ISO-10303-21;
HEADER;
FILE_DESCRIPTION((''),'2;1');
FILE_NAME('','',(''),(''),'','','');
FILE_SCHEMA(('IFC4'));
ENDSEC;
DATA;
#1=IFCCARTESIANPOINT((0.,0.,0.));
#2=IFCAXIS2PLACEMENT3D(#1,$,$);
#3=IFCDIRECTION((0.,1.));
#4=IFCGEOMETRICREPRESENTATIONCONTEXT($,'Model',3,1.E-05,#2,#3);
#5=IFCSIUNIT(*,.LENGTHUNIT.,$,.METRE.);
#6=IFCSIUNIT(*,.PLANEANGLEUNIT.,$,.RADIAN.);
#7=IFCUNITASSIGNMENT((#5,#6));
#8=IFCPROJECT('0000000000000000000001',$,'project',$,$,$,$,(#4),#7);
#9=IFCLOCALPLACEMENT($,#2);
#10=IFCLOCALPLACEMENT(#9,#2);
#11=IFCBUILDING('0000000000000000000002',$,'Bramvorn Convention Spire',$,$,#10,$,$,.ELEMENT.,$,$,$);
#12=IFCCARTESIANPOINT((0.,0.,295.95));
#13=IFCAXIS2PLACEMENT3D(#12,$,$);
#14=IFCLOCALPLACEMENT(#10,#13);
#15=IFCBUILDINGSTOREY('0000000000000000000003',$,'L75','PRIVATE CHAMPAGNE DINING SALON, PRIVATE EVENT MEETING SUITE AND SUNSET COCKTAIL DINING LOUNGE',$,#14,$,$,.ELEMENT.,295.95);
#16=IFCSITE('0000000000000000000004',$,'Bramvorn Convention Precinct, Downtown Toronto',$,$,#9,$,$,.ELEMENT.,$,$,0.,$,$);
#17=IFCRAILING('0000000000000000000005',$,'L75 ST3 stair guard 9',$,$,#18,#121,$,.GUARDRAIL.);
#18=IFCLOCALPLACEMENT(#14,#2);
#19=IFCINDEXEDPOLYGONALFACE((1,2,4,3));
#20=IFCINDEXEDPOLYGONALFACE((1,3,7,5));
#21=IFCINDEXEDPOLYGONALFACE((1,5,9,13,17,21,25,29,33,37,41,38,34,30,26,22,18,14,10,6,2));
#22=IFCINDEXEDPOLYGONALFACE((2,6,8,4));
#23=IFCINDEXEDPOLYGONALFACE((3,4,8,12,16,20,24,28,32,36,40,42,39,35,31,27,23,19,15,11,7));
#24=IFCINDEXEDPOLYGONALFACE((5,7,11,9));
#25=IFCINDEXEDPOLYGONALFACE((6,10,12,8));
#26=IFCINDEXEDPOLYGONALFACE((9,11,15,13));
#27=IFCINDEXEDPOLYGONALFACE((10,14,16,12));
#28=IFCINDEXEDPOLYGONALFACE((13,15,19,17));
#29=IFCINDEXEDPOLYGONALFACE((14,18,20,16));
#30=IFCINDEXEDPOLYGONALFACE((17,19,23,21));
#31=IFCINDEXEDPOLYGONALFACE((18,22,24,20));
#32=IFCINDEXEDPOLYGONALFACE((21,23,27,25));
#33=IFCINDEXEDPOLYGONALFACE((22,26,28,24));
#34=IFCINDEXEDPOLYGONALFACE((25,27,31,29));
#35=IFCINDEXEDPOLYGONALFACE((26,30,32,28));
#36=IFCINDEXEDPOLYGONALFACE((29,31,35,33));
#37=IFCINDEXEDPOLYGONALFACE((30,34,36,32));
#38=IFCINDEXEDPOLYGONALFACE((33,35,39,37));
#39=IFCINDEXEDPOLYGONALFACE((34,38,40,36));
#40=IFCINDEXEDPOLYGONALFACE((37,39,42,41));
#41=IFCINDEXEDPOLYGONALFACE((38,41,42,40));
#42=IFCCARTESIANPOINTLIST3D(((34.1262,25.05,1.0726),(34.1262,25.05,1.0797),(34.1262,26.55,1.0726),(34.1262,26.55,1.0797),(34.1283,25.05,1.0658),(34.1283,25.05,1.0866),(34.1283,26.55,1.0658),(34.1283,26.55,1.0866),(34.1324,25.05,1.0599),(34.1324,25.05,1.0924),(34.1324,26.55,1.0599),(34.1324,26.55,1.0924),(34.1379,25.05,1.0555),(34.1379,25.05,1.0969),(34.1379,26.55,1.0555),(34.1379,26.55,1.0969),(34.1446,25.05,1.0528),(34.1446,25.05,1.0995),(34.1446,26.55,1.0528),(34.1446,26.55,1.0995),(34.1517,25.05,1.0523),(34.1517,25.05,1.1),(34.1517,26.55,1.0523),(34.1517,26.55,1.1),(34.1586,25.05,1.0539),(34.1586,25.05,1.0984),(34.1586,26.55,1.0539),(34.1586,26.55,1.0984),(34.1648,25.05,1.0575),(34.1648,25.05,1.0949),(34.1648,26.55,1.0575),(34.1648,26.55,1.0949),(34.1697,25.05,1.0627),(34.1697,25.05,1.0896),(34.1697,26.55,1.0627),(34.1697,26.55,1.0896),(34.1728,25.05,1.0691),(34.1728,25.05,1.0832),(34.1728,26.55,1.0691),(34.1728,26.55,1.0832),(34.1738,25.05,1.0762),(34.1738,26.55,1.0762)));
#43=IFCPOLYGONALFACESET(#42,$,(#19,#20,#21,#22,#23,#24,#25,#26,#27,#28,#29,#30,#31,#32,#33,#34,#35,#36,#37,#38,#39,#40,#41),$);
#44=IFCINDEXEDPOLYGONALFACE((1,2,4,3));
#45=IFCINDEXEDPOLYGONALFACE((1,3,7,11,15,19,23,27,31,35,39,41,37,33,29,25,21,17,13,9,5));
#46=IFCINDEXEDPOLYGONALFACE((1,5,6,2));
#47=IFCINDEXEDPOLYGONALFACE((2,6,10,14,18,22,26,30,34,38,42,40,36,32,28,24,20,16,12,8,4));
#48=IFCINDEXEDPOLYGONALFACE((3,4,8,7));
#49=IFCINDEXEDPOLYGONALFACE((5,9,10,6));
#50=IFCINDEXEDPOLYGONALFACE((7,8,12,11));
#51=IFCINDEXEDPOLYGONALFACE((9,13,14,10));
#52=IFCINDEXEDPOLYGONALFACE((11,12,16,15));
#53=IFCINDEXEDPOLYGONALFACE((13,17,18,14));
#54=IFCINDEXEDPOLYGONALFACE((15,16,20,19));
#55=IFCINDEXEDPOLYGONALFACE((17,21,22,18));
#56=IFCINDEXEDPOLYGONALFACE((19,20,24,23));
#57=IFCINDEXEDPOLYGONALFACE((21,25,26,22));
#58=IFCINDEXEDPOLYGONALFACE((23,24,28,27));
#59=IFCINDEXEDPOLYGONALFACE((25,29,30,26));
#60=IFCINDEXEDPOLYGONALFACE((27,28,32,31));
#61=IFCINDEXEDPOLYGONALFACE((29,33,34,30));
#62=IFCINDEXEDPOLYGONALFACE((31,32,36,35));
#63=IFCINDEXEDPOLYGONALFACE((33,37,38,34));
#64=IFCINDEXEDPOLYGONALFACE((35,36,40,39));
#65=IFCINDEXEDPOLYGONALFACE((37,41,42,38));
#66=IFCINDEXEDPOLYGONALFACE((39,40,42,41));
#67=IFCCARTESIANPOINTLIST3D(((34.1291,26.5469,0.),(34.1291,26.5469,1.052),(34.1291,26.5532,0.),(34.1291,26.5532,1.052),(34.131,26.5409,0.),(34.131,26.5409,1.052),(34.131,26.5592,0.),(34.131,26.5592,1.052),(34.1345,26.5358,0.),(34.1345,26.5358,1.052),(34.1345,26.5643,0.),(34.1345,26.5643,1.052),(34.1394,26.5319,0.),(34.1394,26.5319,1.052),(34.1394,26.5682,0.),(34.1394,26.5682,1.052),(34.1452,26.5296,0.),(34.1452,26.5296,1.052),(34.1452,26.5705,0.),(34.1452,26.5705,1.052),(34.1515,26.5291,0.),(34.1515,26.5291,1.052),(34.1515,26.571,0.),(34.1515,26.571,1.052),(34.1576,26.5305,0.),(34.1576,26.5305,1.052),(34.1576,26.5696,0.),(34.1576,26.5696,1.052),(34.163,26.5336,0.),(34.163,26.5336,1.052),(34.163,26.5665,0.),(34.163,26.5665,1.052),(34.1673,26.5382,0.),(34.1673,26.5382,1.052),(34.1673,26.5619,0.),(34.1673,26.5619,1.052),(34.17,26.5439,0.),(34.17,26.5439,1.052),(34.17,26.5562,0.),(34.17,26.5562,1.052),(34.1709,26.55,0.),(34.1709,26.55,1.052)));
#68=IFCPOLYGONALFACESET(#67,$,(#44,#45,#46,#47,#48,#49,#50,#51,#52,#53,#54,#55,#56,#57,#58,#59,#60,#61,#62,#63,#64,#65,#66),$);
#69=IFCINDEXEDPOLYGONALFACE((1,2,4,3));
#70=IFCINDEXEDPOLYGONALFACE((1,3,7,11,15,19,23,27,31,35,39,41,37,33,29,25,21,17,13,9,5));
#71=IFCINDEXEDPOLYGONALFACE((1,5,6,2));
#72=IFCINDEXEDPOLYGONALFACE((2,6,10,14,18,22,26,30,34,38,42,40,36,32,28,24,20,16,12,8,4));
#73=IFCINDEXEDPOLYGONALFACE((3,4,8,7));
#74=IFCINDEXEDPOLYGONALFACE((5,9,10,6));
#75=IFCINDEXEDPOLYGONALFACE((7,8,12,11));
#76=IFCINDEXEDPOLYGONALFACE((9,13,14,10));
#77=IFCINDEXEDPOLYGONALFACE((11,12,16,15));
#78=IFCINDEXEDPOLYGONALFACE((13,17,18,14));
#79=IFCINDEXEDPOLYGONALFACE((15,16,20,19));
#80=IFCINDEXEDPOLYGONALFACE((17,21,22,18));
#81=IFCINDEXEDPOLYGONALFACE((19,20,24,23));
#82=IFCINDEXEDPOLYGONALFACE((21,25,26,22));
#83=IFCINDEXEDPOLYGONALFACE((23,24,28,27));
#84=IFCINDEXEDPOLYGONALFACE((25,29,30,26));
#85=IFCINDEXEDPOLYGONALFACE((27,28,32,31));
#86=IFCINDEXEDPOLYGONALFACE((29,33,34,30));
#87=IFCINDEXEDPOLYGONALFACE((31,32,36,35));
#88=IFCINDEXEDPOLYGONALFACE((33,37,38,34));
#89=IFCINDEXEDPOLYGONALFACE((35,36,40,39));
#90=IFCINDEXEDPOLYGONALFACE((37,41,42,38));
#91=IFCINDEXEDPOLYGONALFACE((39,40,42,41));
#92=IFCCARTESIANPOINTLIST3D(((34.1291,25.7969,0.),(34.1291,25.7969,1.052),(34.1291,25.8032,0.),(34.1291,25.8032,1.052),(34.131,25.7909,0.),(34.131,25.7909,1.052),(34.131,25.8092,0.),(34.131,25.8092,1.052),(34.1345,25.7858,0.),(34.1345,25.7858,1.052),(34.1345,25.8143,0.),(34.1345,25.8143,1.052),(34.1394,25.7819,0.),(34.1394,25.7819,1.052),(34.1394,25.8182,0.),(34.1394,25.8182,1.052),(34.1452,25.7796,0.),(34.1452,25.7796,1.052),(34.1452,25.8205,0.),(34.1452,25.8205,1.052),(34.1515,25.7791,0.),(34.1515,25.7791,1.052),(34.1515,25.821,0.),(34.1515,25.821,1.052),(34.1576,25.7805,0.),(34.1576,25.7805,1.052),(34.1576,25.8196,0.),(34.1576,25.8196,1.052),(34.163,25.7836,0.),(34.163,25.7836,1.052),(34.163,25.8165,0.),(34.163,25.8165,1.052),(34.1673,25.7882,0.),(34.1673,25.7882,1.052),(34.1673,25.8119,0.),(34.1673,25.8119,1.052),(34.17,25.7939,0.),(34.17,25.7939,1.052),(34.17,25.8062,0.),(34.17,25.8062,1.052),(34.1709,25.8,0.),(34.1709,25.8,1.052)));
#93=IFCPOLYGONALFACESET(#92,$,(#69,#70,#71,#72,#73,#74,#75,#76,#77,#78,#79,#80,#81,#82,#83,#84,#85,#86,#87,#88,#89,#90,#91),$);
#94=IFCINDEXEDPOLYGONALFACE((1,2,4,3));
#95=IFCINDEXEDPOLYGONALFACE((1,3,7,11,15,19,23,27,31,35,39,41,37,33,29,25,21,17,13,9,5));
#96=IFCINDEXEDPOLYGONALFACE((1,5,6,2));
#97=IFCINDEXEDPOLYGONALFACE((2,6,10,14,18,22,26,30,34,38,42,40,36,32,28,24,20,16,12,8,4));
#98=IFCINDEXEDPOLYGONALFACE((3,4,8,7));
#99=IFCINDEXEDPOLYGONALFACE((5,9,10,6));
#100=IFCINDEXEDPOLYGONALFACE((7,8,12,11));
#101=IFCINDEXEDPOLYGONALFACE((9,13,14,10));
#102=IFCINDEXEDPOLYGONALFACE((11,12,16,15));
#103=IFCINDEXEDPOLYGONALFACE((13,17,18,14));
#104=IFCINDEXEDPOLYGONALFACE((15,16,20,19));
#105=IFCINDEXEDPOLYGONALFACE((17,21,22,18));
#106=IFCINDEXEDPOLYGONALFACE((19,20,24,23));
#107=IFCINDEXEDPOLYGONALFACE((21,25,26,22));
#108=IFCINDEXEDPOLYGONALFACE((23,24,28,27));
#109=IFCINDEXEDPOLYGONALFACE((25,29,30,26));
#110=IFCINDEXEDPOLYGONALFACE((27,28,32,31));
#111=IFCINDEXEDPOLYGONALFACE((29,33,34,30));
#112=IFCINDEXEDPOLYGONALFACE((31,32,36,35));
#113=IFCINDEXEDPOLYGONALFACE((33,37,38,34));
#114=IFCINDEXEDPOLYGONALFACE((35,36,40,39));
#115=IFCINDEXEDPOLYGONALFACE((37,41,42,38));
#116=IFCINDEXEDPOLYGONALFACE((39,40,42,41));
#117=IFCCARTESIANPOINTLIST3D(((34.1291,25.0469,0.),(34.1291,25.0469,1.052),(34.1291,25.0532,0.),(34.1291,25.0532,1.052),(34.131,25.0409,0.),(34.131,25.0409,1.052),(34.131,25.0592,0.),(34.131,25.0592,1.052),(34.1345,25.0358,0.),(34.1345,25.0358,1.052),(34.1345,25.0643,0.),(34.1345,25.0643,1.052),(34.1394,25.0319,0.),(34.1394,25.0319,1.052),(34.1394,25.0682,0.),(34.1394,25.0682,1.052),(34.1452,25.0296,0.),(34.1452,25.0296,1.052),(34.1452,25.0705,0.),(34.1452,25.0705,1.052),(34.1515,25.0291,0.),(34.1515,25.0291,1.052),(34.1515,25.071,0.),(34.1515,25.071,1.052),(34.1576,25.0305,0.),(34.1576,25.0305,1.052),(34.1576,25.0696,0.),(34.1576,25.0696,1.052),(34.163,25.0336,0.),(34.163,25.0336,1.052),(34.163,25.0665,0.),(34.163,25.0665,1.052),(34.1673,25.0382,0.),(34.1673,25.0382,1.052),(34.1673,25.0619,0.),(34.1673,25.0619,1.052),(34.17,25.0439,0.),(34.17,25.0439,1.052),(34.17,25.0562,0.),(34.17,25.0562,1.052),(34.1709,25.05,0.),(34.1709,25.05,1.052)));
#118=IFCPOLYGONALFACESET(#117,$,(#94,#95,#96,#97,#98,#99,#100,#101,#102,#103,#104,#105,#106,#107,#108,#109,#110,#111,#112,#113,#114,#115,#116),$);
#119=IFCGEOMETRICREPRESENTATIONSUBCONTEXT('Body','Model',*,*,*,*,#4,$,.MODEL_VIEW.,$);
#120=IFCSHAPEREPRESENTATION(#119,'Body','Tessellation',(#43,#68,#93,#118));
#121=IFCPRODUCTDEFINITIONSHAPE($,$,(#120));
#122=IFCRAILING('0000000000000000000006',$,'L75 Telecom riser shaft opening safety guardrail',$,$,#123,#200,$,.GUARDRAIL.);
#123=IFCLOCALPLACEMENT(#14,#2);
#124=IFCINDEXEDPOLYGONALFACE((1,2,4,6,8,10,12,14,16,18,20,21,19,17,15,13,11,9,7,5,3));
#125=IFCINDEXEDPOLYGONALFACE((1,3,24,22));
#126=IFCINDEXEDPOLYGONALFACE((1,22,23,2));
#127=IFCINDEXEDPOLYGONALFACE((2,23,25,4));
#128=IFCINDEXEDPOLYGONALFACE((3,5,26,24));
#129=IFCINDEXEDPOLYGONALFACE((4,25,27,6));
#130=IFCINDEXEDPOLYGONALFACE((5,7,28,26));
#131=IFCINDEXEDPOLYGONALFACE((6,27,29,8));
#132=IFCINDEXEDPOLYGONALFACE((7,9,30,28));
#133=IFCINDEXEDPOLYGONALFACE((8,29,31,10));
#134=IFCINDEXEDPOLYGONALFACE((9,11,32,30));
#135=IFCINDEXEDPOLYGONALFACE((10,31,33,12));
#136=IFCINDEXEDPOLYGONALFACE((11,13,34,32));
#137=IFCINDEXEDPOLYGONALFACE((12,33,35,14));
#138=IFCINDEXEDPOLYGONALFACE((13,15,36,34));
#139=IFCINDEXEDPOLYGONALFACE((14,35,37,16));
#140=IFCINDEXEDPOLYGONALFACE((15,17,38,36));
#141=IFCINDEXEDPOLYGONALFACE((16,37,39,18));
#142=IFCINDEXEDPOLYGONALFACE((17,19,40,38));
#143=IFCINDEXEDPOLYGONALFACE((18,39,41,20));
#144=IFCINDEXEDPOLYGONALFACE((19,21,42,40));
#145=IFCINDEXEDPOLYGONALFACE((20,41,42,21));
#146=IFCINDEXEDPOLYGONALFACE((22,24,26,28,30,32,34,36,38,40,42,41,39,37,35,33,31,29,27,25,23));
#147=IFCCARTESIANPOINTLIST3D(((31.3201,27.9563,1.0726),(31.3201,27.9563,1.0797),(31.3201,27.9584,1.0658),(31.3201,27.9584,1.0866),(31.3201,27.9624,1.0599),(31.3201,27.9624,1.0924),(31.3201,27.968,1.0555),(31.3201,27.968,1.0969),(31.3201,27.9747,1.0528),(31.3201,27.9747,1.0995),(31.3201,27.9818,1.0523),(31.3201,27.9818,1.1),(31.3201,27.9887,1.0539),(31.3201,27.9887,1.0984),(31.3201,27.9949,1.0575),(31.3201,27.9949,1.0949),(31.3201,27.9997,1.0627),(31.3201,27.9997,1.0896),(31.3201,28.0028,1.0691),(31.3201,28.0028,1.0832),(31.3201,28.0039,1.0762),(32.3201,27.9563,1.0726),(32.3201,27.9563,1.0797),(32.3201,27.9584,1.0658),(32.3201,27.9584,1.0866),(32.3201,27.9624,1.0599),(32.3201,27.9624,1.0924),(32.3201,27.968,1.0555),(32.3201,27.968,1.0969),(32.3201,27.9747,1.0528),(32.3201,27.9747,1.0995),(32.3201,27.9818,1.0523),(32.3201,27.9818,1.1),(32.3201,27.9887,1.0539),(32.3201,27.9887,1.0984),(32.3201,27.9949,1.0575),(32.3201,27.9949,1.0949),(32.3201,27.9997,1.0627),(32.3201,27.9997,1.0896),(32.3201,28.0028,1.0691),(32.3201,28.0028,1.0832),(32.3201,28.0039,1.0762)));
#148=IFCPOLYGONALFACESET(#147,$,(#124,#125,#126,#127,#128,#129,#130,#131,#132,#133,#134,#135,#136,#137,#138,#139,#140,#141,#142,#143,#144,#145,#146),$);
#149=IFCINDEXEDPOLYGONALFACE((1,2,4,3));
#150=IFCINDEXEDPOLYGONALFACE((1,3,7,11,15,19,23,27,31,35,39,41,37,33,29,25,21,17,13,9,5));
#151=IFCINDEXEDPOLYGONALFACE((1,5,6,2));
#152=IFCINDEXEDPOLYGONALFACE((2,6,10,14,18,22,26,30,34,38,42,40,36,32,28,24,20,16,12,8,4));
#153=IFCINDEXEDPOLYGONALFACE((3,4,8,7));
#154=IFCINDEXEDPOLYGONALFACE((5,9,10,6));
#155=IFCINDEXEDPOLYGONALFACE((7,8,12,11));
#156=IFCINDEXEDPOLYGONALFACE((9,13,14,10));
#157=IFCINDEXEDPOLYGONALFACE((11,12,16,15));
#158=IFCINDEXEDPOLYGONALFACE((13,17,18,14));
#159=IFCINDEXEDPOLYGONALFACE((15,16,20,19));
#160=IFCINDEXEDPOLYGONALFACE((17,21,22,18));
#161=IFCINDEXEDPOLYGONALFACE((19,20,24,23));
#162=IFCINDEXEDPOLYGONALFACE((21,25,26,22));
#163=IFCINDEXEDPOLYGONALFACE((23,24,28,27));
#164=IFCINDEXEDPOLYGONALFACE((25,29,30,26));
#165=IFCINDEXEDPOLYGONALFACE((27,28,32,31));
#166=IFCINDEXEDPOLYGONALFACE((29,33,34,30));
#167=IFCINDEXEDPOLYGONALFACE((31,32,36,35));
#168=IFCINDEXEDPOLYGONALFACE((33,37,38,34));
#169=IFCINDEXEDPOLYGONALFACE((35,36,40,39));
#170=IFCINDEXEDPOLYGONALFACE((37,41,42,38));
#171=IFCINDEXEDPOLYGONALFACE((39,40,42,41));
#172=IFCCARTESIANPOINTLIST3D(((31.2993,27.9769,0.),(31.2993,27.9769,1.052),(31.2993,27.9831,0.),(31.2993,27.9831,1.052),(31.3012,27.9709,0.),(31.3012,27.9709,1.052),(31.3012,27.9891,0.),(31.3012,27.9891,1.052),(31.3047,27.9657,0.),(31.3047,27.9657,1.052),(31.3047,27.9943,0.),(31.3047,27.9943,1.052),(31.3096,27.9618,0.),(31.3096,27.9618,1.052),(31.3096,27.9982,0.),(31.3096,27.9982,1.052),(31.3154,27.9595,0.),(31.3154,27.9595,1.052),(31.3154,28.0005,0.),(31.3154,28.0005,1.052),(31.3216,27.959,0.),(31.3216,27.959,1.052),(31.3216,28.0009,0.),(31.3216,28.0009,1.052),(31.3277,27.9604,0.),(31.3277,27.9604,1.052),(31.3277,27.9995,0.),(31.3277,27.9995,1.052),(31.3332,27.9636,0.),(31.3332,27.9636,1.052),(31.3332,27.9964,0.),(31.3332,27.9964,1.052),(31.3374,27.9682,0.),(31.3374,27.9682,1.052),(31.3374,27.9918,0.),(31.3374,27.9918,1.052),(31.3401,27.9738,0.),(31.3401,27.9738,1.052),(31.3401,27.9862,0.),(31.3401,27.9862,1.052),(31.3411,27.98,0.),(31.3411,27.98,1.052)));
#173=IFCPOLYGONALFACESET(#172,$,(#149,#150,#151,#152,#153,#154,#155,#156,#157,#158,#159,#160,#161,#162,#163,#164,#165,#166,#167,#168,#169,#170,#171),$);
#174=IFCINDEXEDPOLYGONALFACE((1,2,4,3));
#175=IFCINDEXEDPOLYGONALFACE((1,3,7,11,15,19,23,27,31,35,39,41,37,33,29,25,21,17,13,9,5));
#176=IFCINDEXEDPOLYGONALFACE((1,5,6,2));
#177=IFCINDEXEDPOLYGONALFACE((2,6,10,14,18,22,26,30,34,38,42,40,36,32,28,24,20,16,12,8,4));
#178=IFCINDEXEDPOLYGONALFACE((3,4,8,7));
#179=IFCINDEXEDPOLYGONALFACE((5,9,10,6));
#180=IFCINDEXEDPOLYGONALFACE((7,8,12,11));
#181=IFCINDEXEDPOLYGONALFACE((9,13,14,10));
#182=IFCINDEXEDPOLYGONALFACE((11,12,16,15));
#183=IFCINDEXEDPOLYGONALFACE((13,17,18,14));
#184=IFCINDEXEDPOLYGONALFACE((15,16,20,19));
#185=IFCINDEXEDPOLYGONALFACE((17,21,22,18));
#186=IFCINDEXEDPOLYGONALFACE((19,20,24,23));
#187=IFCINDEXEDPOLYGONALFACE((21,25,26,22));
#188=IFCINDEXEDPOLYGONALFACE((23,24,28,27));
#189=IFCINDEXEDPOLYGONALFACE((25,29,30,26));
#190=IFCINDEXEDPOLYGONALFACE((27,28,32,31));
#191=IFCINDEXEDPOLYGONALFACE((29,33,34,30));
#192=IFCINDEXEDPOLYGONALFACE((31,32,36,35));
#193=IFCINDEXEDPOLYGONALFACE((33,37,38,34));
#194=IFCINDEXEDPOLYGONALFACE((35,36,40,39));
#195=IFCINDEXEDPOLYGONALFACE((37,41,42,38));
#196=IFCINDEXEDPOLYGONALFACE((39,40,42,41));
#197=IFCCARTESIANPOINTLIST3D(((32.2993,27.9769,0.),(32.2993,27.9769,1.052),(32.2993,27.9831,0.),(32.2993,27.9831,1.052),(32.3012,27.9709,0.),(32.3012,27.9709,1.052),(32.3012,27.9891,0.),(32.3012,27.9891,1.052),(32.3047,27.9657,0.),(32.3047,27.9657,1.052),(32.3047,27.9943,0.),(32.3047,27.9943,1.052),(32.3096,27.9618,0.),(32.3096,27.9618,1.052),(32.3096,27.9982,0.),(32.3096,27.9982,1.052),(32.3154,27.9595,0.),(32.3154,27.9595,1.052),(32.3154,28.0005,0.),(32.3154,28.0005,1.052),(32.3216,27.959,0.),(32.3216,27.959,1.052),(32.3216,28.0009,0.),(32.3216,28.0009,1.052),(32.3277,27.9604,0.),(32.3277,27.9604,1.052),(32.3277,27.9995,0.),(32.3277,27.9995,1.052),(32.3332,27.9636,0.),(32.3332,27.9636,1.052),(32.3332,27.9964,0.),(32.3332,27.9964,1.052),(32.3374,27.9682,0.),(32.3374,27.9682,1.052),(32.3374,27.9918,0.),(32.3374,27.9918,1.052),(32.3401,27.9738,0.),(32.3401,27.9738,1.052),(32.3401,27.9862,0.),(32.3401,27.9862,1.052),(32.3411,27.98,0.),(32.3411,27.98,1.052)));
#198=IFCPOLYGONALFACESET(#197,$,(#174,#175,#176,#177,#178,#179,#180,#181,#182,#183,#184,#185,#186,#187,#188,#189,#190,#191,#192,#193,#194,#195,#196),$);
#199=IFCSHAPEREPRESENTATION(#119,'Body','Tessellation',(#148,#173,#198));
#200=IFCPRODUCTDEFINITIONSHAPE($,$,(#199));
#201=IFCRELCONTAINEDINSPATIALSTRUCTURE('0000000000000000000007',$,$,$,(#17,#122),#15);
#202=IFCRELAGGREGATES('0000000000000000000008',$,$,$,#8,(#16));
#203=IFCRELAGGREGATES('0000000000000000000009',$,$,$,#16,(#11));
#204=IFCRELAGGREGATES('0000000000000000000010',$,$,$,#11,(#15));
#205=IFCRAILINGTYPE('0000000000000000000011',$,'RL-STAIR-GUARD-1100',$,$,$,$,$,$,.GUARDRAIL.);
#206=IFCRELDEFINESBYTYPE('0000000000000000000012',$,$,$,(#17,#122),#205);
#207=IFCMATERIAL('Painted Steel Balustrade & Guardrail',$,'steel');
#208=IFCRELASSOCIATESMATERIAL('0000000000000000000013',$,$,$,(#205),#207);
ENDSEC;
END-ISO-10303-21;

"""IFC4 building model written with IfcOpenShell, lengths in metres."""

from ifc_helpers import new_model, si_unit, direction, frame, origin, origin_2d, place, context, subcontext, project, spatial, circle, extrude, material, type_object, element, save


model = new_model("IFC4")

# Units and contexts
model_context = context("Model", 3, precision=1e-05, world=origin(), true_north=direction((0.0, 1.0)))
body_context = subcontext(model_context, "Body", "Model", "MODEL_VIEW")
ifc_project = project(units=[si_unit("LENGTHUNIT", "METRE"), si_unit("PLANEANGLEUNIT", "RADIAN")], contexts=[model_context])

# Site, building, storey
site_placement = place(None, origin())
site = spatial("IfcSite", under=ifc_project, at=site_placement, Name="Bramvorn Convention Precinct, Downtown Toronto", CompositionType="ELEMENT", RefElevation=0.0)
building_placement = place(site_placement, origin())
building = spatial("IfcBuilding", under=site, at=building_placement, Name="Bramvorn Convention Spire", CompositionType="ELEMENT")
storey_placement = place(building_placement, frame((0.0, 0.0, 295.95)))
storey = spatial("IfcBuildingStorey", under=building, at=storey_placement, Name="L75", Description="PRIVATE CHAMPAGNE DINING SALON, PRIVATE EVENT MEETING SUITE AND SUNSET COCKTAIL DINING LOUNGE", CompositionType="ELEMENT", Elevation=295.95)

# Railings
ifc_material_1 = material(Name="Painted Steel Balustrade & Guardrail", Category="steel")
railing_type = type_object("IfcRailingType", Name="RL-STAIR-GUARD-1100", PredefinedType="GUARDRAIL", material=ifc_material_1)
for number, where, name in (
    (1, (34.1499, 26.55, 0.0), "L75 ST3 stair guard 9"),
):
    element("IfcRailing", number, at=place(storey_placement, frame(where)), inside=storey, type_object=railing_type, Name=name, PredefinedType="GUARDRAIL", context=body_context, shape_type="SweptSolid", body=[
        extrude(circle(Radius=0.0239, at=origin_2d()), frame((0.0, 0.0, 1.0762), z_axis=(0.0, -1.0, 0.0), x_axis=(1.0, 0.0, 0.0)), (0.0, 0.0, 1.0), 1.5),
        extrude(circle(Radius=0.021, at=origin_2d()), origin(), (0.0, 0.0, 1.0), 1.052),
        extrude(circle(Radius=0.021, at=origin_2d()), frame((0.0, -0.75, 0.0)), (0.0, 0.0, 1.0), 1.052),
        extrude(circle(Radius=0.021, at=origin_2d()), frame((0.0, -1.5, 0.0)), (0.0, 0.0, 1.0), 1.052),
    ])
railing_1_placement = place(storey_placement, frame((31.3201, 27.98, 0.0)))
element("IfcRailing", 2, at=railing_1_placement, inside=storey, type_object=railing_type, Name="L75 Telecom riser shaft opening safety guardrail", PredefinedType="GUARDRAIL", context=body_context, shape_type="SweptSolid", body=[
    extrude(circle(Radius=0.0239, at=origin_2d()), frame((0.0, 0.0, 1.0762), z_axis=(1.0, 0.0, 0.0), x_axis=(0.0, 1.0, 0.0)), (0.0, 0.0, 1.0), 1.0),
    extrude(circle(Radius=0.021, at=origin_2d()), origin(), (0.0, 0.0, 1.0), 1.052),
    extrude(circle(Radius=0.021, at=origin_2d()), frame((1.0, 0.0, 0.0)), (0.0, 0.0, 1.0), 1.052),
])

save(model, "model.ifc")
